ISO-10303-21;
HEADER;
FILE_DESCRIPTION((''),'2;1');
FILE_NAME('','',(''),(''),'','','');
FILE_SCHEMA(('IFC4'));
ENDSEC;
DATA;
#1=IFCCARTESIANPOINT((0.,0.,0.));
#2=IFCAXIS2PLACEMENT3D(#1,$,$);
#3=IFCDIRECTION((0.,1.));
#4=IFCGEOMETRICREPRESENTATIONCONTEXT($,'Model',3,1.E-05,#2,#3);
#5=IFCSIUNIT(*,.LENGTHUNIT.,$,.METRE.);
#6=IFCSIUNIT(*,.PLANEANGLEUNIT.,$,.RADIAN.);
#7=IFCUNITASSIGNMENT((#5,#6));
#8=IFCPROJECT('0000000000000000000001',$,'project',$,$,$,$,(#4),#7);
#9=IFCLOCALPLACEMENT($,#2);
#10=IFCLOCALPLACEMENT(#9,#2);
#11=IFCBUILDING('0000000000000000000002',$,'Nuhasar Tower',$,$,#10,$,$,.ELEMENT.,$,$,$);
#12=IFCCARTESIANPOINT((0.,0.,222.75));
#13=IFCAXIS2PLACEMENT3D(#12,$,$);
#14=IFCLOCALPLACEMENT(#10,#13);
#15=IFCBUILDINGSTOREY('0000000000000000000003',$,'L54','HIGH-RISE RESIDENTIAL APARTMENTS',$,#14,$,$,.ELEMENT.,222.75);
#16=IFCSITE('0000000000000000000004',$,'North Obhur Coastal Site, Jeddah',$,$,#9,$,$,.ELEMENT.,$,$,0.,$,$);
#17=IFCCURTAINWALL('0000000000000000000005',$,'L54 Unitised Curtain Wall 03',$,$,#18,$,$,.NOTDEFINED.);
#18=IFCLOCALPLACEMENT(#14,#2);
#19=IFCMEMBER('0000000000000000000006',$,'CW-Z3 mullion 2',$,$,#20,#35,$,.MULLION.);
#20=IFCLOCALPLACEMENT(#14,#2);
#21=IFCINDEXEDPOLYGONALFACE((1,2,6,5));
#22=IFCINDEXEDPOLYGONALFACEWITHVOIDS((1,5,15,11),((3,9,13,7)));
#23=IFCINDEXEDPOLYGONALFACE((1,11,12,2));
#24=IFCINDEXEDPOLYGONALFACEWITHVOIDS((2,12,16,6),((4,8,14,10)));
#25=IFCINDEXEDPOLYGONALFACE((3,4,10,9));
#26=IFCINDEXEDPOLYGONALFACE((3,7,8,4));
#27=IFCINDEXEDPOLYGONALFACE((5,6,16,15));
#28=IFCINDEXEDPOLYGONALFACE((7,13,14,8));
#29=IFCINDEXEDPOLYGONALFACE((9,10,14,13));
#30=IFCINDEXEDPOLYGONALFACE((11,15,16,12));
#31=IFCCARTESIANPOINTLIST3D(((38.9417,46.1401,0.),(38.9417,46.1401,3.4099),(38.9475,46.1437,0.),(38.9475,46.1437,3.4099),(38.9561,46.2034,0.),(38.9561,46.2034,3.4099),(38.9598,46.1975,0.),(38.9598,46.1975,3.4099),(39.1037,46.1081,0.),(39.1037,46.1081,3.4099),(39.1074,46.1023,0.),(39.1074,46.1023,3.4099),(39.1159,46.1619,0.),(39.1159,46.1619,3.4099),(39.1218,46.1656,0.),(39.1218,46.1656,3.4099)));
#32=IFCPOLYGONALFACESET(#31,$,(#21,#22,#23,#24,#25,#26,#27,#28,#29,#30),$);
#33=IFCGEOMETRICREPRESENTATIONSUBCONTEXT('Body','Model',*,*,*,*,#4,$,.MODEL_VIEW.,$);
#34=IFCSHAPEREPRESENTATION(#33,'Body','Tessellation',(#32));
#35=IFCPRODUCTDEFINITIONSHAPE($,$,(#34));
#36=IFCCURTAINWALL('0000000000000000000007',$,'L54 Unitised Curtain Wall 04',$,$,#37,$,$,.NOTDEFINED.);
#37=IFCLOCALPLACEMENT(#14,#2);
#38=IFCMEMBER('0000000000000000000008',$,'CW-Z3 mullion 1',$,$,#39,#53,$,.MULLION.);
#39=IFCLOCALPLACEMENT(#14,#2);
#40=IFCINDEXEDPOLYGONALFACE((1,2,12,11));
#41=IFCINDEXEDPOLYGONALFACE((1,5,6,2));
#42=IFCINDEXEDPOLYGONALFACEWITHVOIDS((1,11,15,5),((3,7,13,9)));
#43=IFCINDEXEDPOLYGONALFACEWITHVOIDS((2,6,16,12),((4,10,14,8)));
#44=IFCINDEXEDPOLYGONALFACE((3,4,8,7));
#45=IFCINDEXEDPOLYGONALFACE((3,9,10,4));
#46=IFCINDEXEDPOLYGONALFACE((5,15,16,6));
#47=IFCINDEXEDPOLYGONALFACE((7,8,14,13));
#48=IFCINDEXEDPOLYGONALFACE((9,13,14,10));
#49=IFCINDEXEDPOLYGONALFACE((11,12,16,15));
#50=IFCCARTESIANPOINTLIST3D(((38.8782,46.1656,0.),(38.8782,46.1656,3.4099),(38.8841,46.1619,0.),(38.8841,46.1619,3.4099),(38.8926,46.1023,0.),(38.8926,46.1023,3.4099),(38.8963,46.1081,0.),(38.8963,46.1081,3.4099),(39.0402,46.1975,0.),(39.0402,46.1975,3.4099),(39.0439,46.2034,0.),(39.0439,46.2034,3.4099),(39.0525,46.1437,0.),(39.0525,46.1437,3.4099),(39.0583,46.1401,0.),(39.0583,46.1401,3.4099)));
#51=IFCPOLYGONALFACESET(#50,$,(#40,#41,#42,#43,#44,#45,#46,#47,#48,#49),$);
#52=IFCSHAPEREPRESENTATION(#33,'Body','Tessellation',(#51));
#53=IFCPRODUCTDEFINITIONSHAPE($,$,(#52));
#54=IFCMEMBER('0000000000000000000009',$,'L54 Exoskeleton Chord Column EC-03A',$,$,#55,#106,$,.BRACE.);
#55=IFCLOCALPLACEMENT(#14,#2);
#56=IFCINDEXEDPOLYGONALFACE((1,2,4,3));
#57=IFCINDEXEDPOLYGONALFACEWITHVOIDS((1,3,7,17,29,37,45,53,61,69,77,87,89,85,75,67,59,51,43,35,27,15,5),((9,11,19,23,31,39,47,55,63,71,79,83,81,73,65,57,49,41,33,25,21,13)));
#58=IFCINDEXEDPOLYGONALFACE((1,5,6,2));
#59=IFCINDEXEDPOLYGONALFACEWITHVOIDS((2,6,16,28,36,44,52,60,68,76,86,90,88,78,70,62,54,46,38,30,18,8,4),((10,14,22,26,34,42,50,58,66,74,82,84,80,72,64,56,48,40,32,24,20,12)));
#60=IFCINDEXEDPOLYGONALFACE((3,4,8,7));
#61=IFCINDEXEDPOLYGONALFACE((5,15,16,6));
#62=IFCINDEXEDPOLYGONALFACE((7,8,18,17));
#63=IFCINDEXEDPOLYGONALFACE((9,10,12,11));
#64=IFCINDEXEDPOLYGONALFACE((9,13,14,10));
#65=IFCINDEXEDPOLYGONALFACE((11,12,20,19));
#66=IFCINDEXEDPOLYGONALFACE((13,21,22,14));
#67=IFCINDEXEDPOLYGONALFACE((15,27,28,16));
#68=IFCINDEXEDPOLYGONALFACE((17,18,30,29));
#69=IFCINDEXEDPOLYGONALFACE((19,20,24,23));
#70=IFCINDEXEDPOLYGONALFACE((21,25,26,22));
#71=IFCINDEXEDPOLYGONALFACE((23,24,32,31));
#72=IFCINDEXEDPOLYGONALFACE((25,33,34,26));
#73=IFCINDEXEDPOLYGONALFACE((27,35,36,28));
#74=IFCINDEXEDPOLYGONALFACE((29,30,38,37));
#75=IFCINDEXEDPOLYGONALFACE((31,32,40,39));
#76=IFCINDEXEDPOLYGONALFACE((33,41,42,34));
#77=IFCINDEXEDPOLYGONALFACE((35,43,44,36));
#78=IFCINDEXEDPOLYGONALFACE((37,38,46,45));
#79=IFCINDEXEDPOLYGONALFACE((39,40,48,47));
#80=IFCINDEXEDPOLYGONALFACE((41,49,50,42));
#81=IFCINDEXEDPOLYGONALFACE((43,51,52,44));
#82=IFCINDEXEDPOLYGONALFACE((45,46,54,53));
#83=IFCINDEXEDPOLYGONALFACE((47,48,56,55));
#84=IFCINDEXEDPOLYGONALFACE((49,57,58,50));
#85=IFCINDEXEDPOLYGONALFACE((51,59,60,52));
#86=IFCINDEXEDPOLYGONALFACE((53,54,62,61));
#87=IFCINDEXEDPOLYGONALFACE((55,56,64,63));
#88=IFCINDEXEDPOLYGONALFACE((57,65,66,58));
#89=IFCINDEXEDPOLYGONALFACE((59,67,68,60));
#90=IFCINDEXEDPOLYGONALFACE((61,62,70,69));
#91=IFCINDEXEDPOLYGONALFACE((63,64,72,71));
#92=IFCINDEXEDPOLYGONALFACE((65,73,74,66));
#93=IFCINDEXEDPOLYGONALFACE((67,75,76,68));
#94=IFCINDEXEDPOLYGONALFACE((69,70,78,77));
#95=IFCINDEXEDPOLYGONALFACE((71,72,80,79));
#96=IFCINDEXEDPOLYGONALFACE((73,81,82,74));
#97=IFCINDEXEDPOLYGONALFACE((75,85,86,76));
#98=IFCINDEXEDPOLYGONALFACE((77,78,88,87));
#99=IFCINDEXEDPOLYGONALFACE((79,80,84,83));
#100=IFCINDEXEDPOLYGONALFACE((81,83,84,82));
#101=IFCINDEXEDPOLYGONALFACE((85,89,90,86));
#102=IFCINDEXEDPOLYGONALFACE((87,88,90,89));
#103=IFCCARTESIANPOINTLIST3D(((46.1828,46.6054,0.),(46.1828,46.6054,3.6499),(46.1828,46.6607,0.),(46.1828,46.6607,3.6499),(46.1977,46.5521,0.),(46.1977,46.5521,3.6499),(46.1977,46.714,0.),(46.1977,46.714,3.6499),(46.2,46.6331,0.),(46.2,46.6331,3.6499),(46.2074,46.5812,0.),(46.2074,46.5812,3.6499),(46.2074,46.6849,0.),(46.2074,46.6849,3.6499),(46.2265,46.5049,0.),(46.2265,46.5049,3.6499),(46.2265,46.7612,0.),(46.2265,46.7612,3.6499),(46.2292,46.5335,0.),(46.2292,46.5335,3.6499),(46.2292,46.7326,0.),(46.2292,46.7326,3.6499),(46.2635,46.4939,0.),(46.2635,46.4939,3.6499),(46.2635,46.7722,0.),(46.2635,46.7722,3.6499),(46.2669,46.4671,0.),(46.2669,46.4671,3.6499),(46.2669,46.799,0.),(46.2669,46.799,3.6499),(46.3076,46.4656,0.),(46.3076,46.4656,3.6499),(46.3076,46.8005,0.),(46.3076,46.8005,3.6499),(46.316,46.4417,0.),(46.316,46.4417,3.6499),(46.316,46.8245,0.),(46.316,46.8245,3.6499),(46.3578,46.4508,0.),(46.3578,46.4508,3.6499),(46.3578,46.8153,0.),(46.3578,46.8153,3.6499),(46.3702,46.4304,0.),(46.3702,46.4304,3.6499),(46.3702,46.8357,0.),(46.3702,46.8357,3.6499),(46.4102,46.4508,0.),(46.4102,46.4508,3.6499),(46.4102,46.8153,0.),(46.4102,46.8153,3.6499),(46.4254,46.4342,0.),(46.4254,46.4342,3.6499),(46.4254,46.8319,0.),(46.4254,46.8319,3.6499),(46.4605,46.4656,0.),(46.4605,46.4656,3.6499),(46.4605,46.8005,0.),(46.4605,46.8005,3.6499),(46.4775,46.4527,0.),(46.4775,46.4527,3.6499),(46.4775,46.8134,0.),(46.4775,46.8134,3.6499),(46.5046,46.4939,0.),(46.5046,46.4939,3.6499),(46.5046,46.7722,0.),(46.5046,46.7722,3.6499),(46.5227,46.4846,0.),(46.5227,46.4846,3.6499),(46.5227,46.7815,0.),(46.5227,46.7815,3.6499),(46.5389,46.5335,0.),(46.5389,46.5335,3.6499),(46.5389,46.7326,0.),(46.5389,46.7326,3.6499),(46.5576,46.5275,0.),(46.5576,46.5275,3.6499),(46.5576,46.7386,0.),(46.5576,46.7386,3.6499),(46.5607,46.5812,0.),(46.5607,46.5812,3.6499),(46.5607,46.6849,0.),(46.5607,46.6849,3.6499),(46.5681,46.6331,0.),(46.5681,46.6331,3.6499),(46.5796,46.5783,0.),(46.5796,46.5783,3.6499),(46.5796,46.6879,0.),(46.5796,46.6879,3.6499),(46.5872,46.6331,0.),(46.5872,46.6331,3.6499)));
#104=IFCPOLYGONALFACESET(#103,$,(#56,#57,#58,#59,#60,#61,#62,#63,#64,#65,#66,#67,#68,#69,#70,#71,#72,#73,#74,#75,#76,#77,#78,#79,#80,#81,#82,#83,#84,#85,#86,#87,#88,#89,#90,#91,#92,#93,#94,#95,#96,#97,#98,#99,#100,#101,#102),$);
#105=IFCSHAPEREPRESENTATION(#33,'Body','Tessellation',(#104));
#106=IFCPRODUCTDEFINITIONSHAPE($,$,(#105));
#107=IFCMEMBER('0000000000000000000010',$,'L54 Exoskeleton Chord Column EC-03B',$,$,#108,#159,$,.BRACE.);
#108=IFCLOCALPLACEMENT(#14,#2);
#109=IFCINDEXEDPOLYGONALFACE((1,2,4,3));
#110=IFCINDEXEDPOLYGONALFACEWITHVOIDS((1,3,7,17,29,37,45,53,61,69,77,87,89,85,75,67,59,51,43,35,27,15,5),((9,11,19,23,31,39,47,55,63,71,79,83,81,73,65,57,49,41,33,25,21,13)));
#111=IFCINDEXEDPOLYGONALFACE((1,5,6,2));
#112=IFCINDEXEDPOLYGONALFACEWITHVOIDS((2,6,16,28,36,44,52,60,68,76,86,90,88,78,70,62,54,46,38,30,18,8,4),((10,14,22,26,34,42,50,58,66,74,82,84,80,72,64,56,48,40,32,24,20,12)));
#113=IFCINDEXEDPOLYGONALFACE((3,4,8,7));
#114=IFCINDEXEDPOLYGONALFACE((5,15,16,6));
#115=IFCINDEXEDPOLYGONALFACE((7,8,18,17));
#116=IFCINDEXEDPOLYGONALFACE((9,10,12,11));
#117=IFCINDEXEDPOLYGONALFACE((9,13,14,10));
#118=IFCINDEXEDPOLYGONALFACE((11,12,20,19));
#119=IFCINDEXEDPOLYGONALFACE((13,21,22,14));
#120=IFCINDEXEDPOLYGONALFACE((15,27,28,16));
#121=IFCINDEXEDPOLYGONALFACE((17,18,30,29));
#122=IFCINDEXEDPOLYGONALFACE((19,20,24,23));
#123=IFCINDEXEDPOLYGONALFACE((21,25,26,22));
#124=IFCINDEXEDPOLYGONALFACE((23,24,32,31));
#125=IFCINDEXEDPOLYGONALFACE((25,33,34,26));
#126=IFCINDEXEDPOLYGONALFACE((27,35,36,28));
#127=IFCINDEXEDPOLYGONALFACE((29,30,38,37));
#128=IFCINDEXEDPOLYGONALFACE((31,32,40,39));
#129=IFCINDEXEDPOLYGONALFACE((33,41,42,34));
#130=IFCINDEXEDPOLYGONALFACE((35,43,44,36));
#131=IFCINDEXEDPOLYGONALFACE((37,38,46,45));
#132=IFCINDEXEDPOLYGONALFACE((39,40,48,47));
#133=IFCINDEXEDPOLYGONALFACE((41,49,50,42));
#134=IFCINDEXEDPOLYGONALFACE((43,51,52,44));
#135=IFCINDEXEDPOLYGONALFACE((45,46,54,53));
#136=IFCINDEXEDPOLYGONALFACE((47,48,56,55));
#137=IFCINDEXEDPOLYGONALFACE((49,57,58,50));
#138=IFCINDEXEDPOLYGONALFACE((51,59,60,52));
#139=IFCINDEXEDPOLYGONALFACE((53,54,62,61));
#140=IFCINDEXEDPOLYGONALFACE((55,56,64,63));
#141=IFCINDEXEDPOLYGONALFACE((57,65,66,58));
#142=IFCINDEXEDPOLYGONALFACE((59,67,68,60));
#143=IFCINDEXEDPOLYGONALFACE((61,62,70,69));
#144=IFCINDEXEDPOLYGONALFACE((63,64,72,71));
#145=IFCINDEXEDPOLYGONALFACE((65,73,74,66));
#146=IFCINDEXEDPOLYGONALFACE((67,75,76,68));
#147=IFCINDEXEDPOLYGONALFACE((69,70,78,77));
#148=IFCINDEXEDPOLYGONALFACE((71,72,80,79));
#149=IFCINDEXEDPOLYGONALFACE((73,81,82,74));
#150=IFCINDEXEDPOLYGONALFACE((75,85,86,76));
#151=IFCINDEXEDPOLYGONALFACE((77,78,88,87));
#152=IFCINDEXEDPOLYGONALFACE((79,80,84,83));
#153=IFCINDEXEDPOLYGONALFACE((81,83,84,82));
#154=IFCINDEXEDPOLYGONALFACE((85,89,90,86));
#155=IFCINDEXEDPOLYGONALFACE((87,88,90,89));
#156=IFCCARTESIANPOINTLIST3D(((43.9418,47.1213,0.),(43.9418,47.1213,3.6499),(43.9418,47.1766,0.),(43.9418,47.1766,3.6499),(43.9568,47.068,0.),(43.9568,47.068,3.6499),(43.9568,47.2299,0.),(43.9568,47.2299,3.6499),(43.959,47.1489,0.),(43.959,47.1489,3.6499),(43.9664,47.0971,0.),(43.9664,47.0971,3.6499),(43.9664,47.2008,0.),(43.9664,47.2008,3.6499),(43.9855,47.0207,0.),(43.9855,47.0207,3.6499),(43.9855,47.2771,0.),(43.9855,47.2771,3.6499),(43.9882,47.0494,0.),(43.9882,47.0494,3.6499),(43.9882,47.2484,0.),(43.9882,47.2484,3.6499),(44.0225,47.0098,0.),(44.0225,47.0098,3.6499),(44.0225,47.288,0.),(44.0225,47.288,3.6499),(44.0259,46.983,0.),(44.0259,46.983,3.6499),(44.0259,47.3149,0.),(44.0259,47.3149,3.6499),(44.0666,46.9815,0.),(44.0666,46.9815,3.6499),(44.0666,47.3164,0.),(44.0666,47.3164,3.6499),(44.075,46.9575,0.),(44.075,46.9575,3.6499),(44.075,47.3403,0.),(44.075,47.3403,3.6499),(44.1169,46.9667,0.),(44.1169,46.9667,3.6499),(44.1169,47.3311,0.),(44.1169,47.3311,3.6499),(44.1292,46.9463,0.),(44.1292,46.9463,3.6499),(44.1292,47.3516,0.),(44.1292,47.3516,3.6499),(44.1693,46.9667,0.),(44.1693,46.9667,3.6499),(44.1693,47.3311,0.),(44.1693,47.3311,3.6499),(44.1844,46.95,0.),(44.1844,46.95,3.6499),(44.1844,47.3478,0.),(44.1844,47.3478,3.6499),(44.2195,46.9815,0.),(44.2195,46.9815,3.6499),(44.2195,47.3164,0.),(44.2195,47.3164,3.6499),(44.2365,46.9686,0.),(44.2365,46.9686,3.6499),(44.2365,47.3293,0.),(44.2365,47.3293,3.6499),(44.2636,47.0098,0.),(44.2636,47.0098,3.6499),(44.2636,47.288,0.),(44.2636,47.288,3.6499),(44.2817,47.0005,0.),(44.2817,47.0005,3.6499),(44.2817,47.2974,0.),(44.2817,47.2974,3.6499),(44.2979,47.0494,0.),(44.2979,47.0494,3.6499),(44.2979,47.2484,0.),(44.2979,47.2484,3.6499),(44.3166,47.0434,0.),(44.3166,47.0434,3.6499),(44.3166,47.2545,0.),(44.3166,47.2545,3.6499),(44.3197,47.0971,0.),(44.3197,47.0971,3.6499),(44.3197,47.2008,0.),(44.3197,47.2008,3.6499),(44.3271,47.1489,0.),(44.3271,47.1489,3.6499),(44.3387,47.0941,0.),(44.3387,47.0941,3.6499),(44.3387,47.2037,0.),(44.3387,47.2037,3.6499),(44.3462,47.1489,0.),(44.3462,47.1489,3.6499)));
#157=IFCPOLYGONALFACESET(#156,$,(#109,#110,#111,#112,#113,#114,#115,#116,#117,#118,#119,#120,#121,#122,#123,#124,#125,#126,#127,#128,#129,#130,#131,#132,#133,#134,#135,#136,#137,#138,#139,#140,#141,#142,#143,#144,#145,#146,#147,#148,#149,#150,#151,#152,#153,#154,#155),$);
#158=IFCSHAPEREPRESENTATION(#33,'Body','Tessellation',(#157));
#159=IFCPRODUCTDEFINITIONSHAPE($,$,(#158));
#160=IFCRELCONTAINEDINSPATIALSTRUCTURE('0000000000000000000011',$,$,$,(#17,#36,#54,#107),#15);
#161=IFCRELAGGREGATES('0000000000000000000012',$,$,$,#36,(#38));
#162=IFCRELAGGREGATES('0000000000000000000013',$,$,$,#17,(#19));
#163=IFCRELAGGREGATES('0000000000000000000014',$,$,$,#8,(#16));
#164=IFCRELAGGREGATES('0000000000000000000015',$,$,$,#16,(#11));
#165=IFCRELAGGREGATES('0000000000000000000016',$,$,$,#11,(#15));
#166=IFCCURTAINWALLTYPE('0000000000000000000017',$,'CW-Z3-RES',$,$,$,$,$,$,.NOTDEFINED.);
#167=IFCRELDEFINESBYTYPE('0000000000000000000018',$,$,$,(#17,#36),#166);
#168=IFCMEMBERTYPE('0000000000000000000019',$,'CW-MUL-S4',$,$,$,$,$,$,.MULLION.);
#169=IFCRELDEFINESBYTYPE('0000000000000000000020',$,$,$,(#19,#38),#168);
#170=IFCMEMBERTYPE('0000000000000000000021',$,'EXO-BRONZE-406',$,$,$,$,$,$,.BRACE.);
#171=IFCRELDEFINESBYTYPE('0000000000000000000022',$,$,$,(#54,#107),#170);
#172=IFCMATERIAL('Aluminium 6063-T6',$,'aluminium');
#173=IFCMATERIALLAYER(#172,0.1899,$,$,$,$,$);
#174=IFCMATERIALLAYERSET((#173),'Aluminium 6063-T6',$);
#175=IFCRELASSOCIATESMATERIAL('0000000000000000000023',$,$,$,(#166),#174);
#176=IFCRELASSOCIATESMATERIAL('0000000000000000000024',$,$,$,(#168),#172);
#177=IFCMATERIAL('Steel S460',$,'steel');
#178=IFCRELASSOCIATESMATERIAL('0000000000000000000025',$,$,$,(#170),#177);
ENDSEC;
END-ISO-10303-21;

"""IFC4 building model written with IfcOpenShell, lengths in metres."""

from ifc_helpers import new_model, si_unit, direction, frame, origin, origin_2d, place, context, subcontext, project, spatial, hollow_rectangle, hollow_circle, extrude, material, layer, layer_set, material_profile, profile_set, type_object, element, aggregate, save


model = new_model("IFC4")

# Units and contexts
model_context = context("Model", 3, precision=1e-05, world=origin(), true_north=direction((0.0, 1.0)))
body_context = subcontext(model_context, "Body", "Model", "MODEL_VIEW")
ifc_project = project(units=[si_unit("LENGTHUNIT", "METRE"), si_unit("PLANEANGLEUNIT", "RADIAN")], contexts=[model_context])

# Site, building, storey
site_placement = place(None, origin())
site = spatial("IfcSite", under=ifc_project, at=site_placement, Name="North Obhur Coastal Site, Jeddah", CompositionType="ELEMENT", RefElevation=0.0)
building_placement = place(site_placement, origin())
building = spatial("IfcBuilding", under=site, at=building_placement, Name="Nuhasar Tower", CompositionType="ELEMENT")
storey_placement = place(building_placement, frame((0.0, 0.0, 222.75)))
storey = spatial("IfcBuildingStorey", under=building, at=storey_placement, Name="L54", Description="HIGH-RISE RESIDENTIAL APARTMENTS", CompositionType="ELEMENT", Elevation=222.75)

# Curtain walls, members
ifc_material_1 = material(Name="Aluminium 6063-T6", Category="aluminium")
ifc_layer_1 = layer(ifc_material_1, 0.1899)
ifc_layer_set_1 = layer_set([ifc_layer_1], Name="Aluminium 6063-T6")
curtain_wall_type = type_object("IfcCurtainWallType", Name="CW-Z3-RES", PredefinedType="NOTDEFINED", material=ifc_layer_set_1)
curtain_wall_1_placement = place(storey_placement, origin())
curtain_wall_1 = element("IfcCurtainWall", 1, at=curtain_wall_1_placement, inside=storey, type_object=curtain_wall_type, Name="L54 Unitised Curtain Wall 03", PredefinedType="NOTDEFINED")
ifc_material_profile_1 = material_profile(ifc_material_1, hollow_rectangle(XDim=0.0649, YDim=0.1699, WallThickness=0.0049, at=origin_2d()), Name="CWM-4")
ifc_profile_set_1 = profile_set([ifc_material_profile_1], Name="Aluminium 6063-T6")
member_type_1 = type_object("IfcMemberType", Name="CW-MUL-S4", PredefinedType="MULLION", material=ifc_profile_set_1)
member_1_placement = place(storey_placement, frame((39.0317, 46.1528, 0.0), z_axis=(0.0, 0.0, 1.0), x_axis=(-0.222243, -0.974991, 0.0)))
member_1 = element("IfcMember", 2, at=member_1_placement, type_object=member_type_1, Name="CW-Z3 mullion 2", PredefinedType="MULLION", context=body_context, shape_type="SweptSolid", body=[
    extrude(hollow_rectangle(XDim=0.0649, YDim=0.1699, WallThickness=0.0049, at=origin_2d()), origin(), (0.0, 0.0, 1.0), 3.4099),
])
curtain_wall_2_placement = place(storey_placement, origin())
curtain_wall_2 = element("IfcCurtainWall", 3, at=curtain_wall_2_placement, inside=storey, type_object=curtain_wall_type, Name="L54 Unitised Curtain Wall 04", PredefinedType="NOTDEFINED")
member_2_placement = place(storey_placement, frame((38.9683, 46.1528, 0.0), z_axis=(0.0, 0.0, 1.0), x_axis=(0.222243, -0.974991, 0.0)))
member_2 = element("IfcMember", 4, at=member_2_placement, type_object=member_type_1, Name="CW-Z3 mullion 1", PredefinedType="MULLION", context=body_context, shape_type="SweptSolid", body=[
    extrude(hollow_rectangle(XDim=0.0649, YDim=0.1699, WallThickness=0.0049, at=origin_2d()), origin(), (0.0, 0.0, 1.0), 3.4099),
])
aggregate(curtain_wall_2, [member_2])

# Members
ifc_material_2 = material(Name="Steel S460", Category="steel")
ifc_material_profile_2 = material_profile(ifc_material_2, hollow_circle(Radius=0.2031, WallThickness=0.019, at=origin_2d()), Name="HSS406.4X19.1")
ifc_profile_set_2 = profile_set([ifc_material_profile_2], Name="Steel S460")
member_type_2 = type_object("IfcMemberType", Name="EXO-BRONZE-406", PredefinedType="BRACE", material=ifc_profile_set_2)
for number, where, z_axis, x_axis, name in (
    (5, (46.384, 46.6331, 0.0), (0.0, 0.0, 1.0), (1.0, 0.0, 0.0), "L54 Exoskeleton Chord Column EC-03A"),
    (6, (44.1431, 47.1489, 0.0), (0.0, 0.0, 1.0), (1.0, 0.0, 0.0), "L54 Exoskeleton Chord Column EC-03B"),
):
    element("IfcMember", number, at=place(storey_placement, frame(where, z_axis=z_axis, x_axis=x_axis)), inside=storey, type_object=member_type_2, Name=name, PredefinedType="BRACE", context=body_context, shape_type="SweptSolid", body=[
        extrude(hollow_circle(Radius=0.2031, WallThickness=0.019, at=origin_2d()), origin(), (0.0, 0.0, 1.0), 3.6499),
    ])

aggregate(curtain_wall_1, [member_1])

save(model, "model.ifc")
